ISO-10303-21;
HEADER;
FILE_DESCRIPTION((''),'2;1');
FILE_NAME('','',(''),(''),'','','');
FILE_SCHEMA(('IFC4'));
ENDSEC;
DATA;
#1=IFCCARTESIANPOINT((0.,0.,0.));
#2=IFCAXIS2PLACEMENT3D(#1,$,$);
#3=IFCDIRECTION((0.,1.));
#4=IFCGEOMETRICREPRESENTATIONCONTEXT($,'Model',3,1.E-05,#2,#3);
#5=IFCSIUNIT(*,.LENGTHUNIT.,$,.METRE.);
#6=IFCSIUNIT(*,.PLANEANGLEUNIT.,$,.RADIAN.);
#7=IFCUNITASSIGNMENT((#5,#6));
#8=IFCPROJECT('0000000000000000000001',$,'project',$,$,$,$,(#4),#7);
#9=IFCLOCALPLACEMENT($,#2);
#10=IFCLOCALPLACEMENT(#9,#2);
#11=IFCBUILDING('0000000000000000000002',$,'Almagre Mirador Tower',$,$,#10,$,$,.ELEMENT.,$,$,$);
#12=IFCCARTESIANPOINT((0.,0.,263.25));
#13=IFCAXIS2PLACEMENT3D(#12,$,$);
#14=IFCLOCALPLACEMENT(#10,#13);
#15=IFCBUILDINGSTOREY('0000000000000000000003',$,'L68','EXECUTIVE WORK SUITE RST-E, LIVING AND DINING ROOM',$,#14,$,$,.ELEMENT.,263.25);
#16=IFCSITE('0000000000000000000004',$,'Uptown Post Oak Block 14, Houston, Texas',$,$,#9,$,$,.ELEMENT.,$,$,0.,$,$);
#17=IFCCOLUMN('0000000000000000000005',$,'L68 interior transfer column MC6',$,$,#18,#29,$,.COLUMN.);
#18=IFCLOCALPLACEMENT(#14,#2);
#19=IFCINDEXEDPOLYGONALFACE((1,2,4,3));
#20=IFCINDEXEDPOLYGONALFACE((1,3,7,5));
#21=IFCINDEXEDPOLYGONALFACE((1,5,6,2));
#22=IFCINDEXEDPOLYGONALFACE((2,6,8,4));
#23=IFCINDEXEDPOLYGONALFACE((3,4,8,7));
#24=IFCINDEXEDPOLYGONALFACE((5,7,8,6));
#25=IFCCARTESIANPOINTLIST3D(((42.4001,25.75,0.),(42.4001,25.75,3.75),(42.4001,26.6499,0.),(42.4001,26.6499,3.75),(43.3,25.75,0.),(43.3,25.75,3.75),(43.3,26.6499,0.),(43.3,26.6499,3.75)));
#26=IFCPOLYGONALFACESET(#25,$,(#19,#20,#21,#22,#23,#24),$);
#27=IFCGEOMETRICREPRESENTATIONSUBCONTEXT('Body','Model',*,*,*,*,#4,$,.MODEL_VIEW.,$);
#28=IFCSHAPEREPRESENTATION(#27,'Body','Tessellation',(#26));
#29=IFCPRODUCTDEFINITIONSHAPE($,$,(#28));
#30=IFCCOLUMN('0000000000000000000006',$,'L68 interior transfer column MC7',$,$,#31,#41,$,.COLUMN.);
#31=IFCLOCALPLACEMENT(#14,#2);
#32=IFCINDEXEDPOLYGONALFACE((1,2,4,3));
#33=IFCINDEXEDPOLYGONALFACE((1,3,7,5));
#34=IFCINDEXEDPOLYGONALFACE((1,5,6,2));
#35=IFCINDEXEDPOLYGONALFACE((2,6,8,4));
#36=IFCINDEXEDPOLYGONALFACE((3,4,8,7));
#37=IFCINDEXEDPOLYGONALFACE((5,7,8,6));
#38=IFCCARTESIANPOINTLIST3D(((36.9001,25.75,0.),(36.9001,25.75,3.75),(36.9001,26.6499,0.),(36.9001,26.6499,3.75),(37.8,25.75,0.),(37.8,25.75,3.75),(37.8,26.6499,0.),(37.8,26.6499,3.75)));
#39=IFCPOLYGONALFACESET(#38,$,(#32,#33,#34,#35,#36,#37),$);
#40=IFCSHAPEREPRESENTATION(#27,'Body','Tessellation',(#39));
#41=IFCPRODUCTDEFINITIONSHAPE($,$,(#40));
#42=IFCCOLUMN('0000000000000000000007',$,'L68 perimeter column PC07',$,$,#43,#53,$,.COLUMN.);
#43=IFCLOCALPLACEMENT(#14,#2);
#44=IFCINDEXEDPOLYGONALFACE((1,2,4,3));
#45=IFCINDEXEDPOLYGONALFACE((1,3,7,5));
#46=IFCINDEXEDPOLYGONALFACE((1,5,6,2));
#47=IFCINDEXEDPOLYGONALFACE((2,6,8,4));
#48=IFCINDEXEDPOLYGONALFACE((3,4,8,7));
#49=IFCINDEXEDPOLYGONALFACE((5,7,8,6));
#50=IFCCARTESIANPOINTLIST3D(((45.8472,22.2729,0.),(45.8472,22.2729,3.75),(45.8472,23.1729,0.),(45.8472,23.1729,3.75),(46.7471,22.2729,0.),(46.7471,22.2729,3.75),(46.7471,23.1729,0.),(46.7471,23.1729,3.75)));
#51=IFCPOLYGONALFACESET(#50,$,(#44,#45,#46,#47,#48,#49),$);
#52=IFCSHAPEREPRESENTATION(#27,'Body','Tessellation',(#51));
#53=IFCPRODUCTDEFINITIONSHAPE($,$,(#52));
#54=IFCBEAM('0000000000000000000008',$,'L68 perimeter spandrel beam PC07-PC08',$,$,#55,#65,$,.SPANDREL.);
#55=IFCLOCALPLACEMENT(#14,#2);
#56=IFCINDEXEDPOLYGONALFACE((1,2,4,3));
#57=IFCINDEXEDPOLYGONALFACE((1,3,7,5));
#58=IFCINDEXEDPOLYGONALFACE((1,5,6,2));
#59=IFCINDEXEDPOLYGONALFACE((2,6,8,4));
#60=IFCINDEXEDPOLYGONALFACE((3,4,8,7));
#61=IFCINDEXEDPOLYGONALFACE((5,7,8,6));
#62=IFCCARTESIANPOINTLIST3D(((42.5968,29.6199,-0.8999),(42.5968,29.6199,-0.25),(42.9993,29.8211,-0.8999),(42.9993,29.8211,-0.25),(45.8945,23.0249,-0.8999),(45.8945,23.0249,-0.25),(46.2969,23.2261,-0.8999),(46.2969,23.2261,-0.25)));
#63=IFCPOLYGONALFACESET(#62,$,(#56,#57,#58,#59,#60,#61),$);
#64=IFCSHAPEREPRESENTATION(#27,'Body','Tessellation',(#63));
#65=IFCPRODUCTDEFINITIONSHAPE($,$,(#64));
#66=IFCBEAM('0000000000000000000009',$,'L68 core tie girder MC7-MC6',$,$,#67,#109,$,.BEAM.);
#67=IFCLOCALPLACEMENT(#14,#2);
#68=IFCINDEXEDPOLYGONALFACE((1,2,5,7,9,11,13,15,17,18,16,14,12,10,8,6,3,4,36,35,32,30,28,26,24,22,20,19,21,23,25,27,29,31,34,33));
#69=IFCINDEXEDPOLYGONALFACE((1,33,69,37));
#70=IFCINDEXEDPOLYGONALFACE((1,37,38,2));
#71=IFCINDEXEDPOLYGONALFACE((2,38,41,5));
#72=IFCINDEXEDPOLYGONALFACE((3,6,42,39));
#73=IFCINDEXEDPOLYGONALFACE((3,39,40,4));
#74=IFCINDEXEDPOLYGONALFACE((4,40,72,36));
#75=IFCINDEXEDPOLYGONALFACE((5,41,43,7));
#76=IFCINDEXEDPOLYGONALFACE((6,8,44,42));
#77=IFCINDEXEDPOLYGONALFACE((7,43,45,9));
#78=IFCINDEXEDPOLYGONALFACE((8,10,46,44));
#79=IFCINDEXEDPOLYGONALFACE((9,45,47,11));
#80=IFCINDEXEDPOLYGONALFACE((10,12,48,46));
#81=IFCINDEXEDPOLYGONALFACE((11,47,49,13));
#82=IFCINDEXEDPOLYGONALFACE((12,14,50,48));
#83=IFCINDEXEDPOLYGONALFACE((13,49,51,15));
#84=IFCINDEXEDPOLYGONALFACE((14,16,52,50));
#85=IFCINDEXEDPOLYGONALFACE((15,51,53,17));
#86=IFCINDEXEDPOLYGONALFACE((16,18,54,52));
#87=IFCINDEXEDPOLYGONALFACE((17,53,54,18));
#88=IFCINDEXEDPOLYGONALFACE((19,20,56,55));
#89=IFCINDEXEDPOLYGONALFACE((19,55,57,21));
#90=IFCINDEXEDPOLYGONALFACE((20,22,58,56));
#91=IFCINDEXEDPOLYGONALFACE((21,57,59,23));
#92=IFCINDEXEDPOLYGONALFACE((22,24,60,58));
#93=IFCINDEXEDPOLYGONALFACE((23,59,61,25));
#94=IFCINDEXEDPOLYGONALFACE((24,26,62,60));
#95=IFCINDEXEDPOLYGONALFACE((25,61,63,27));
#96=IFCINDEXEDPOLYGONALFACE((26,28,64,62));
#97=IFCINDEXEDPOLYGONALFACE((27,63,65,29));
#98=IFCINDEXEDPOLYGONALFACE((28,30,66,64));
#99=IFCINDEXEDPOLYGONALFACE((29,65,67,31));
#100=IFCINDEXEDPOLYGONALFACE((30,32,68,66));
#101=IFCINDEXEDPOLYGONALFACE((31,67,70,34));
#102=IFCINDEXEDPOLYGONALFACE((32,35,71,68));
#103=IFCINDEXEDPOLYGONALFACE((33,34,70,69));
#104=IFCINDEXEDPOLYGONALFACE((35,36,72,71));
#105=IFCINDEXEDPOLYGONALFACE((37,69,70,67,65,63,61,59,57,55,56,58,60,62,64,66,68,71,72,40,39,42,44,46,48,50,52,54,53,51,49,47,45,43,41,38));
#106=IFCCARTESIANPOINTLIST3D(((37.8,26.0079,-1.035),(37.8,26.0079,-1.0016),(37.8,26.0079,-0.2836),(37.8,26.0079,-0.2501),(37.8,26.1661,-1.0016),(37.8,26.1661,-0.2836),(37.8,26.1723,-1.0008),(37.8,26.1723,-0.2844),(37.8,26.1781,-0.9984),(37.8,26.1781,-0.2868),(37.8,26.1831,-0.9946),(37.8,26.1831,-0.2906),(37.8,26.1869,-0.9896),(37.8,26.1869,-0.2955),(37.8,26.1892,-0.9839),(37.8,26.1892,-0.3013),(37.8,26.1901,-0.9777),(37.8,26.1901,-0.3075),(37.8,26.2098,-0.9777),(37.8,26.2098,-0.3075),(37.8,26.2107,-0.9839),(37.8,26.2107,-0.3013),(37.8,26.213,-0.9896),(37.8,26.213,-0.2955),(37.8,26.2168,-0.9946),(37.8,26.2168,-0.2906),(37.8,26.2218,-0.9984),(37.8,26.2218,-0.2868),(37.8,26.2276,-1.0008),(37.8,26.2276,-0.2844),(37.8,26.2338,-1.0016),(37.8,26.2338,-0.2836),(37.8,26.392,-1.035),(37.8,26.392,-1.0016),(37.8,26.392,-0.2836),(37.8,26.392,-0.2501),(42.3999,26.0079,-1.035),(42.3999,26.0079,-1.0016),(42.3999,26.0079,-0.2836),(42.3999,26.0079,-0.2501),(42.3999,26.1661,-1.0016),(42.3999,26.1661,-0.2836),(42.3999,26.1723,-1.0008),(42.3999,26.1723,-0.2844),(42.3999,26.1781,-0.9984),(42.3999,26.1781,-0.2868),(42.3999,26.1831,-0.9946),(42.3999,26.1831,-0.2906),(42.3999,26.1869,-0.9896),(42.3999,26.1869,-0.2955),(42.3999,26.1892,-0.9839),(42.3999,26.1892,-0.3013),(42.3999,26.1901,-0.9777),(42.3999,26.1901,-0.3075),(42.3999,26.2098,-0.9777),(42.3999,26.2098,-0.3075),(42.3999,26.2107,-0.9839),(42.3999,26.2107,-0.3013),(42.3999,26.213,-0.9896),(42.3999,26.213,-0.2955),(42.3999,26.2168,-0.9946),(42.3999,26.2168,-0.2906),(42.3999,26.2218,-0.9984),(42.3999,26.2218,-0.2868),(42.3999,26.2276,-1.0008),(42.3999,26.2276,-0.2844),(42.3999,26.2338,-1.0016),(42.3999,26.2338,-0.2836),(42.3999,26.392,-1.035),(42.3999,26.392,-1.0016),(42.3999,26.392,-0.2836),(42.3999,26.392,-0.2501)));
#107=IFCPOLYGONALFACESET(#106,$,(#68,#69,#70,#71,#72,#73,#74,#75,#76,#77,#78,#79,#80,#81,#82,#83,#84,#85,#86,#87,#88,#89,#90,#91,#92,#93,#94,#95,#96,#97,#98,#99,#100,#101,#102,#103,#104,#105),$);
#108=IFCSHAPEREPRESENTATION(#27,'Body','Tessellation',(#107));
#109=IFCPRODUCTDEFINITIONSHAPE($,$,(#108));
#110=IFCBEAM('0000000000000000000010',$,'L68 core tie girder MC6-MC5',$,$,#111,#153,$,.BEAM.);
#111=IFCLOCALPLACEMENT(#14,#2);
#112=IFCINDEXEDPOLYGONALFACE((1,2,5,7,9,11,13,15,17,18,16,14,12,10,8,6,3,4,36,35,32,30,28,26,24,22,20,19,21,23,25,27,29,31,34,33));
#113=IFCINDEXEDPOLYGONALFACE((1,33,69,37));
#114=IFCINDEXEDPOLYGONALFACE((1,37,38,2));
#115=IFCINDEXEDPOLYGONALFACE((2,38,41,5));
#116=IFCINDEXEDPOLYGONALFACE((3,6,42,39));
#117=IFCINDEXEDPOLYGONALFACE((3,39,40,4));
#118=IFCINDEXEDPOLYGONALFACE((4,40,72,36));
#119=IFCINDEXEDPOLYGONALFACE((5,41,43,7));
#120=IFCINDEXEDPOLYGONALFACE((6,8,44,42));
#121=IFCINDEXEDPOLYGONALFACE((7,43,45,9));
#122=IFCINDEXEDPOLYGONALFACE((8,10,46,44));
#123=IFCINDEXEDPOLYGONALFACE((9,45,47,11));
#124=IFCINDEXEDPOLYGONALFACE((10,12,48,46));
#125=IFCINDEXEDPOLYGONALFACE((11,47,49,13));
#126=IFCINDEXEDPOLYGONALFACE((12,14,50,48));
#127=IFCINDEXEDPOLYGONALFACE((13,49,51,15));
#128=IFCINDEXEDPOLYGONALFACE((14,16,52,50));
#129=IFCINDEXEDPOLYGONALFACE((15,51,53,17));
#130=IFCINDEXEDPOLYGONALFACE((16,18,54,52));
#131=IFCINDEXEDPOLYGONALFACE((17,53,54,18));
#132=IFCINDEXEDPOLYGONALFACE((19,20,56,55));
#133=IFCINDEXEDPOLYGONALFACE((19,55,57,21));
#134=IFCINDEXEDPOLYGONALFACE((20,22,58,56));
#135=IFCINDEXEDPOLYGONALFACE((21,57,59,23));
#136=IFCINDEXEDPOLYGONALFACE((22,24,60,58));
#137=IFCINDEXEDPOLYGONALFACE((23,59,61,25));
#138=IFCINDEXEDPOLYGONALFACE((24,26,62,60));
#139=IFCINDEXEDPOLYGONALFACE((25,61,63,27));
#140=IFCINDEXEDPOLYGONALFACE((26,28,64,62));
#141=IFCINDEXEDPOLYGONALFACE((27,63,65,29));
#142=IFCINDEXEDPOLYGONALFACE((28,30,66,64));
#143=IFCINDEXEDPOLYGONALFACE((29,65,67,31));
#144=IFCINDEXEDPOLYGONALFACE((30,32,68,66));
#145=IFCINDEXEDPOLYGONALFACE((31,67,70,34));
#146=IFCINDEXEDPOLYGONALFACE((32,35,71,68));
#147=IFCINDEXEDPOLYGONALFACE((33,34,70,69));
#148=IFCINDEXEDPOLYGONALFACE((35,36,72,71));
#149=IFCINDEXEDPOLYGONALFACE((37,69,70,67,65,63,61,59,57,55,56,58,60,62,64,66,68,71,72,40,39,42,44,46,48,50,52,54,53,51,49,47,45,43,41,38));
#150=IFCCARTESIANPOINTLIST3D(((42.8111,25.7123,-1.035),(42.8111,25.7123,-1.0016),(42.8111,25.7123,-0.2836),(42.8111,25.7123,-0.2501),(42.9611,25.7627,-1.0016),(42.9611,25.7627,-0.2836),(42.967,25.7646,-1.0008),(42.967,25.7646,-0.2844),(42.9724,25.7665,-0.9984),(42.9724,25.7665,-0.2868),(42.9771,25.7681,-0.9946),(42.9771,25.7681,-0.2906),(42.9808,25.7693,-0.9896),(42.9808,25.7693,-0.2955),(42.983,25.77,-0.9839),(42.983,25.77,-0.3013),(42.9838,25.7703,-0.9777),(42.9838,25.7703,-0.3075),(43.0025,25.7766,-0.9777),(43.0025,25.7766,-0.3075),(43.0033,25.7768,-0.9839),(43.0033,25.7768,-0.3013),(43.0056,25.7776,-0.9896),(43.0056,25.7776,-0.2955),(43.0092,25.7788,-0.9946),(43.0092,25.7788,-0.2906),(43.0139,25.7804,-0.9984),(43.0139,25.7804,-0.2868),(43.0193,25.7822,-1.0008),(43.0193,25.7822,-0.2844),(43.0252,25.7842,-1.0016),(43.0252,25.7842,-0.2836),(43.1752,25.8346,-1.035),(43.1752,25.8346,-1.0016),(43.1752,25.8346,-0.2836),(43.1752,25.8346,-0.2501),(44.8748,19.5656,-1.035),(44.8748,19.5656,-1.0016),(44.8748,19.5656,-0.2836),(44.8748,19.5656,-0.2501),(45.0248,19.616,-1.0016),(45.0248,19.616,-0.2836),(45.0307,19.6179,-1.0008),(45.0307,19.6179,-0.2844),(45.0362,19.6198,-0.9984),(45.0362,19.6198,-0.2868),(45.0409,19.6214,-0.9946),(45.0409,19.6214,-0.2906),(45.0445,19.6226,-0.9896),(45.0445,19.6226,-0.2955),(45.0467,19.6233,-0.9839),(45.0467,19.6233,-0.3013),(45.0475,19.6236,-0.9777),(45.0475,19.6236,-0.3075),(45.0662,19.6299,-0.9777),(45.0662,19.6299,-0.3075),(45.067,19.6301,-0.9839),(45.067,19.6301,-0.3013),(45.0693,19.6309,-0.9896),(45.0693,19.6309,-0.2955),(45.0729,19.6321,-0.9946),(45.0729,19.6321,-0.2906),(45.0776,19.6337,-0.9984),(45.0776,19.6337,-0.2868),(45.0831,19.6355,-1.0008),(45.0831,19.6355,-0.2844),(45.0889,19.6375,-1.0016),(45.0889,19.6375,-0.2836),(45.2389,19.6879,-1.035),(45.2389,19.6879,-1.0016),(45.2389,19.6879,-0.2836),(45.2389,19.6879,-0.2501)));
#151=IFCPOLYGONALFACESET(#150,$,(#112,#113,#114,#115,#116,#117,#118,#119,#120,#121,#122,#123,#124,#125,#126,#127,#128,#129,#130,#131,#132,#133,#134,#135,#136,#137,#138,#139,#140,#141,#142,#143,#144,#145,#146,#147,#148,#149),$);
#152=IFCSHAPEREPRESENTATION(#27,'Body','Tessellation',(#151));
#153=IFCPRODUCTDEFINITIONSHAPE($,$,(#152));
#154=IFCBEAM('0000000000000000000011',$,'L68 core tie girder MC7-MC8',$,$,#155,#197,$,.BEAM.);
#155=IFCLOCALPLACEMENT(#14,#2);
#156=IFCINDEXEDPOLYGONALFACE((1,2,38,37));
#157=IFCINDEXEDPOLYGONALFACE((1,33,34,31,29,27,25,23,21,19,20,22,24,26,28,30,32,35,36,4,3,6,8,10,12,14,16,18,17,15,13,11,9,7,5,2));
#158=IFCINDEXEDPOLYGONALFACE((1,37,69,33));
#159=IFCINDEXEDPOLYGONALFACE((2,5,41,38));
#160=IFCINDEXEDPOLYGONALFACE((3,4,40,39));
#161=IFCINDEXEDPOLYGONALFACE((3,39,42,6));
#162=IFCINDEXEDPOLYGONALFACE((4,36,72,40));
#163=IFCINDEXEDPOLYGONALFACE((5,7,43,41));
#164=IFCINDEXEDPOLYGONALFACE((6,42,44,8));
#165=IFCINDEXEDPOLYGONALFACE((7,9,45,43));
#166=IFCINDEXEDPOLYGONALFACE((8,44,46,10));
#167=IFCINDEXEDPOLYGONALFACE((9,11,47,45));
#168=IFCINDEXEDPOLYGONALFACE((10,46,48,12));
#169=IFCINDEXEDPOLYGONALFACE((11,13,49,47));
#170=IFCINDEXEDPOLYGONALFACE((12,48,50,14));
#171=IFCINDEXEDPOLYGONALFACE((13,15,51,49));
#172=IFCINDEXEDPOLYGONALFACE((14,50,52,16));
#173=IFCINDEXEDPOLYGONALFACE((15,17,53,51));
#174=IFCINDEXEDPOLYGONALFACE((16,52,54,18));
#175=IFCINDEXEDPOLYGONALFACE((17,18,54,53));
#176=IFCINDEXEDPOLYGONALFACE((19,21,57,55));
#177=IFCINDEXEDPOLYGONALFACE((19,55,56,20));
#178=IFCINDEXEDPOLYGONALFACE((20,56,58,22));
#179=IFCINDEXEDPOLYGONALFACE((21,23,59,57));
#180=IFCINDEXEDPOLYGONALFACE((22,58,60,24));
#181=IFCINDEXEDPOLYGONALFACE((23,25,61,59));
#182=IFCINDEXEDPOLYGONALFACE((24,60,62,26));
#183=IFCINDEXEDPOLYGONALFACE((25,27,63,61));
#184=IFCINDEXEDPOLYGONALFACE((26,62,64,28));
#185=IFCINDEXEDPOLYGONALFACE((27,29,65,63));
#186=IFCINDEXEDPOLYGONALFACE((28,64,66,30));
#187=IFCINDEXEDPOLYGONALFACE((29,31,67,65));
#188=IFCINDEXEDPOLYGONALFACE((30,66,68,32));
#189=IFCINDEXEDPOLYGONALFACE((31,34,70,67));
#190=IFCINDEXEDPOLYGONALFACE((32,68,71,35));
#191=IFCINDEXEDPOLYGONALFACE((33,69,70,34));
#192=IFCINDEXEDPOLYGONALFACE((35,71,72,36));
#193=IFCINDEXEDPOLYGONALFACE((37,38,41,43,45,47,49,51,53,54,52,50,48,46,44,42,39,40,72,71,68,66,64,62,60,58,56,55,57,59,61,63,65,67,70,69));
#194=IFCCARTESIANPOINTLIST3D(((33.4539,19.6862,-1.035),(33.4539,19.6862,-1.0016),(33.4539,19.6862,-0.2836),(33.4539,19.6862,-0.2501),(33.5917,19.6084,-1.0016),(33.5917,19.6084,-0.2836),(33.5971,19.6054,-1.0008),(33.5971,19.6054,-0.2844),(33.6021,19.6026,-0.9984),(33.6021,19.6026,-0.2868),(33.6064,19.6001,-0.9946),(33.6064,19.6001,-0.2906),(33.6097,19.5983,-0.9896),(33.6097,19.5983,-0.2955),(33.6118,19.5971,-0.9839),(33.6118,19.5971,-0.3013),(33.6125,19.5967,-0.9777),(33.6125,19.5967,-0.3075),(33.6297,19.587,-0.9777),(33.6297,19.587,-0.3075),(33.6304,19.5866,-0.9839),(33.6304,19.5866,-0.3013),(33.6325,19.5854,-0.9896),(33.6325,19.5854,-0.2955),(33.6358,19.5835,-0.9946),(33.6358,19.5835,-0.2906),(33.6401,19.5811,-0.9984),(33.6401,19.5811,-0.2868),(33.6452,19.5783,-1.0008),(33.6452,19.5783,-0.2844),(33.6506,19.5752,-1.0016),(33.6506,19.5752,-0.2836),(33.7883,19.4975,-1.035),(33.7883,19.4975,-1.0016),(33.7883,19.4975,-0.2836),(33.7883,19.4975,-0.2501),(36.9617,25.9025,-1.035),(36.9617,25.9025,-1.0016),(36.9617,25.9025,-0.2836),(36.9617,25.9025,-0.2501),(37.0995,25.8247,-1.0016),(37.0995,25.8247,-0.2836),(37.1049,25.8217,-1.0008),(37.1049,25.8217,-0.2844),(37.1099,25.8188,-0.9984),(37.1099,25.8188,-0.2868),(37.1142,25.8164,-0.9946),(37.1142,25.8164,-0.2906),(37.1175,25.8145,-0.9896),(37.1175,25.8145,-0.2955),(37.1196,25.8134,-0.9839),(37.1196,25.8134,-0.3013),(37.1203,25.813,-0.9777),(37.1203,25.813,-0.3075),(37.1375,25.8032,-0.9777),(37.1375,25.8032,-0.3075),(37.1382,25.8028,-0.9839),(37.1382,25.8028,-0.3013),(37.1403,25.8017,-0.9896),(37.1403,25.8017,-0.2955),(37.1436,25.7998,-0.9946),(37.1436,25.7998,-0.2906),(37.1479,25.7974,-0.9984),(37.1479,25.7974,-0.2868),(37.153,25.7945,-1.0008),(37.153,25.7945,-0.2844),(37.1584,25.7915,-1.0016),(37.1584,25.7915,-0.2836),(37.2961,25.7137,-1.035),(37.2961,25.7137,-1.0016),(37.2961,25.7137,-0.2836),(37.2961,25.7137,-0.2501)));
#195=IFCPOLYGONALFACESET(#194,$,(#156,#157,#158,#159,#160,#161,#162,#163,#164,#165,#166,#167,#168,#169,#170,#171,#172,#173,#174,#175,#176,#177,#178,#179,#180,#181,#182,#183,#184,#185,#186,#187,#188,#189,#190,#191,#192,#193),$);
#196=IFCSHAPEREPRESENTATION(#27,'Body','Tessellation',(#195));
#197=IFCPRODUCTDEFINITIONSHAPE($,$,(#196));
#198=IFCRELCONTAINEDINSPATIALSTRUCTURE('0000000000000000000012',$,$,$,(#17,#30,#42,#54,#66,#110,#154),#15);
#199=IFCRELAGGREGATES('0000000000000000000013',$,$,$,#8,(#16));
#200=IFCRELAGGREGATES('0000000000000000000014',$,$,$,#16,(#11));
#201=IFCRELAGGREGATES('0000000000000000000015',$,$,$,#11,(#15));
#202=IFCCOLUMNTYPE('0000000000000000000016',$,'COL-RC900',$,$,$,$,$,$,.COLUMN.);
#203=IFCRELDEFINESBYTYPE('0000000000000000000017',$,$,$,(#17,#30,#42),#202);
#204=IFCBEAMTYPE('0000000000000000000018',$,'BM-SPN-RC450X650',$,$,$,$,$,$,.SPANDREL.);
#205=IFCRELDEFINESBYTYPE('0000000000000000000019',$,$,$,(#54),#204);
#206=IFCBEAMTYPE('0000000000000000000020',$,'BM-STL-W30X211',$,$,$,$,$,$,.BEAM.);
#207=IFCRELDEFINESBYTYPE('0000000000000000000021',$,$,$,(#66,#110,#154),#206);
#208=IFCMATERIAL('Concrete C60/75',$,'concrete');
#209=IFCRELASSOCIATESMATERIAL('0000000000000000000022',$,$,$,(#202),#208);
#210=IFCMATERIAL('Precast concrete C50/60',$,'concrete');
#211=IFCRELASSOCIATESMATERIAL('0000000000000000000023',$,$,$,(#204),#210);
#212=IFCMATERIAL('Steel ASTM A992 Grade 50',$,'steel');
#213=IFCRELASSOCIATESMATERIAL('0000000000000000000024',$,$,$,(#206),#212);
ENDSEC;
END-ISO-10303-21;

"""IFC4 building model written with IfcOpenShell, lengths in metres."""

from ifc_helpers import new_model, si_unit, direction, frame, origin, origin_2d, place, context, subcontext, project, spatial, rectangle, i_section, extrude, material, material_profile, profile_set, type_object, element, save


model = new_model("IFC4")

# Units and contexts
model_context = context("Model", 3, precision=1e-05, world=origin(), true_north=direction((0.0, 1.0)))
body_context = subcontext(model_context, "Body", "Model", "MODEL_VIEW")
ifc_project = project(units=[si_unit("LENGTHUNIT", "METRE"), si_unit("PLANEANGLEUNIT", "RADIAN")], contexts=[model_context])

# Site, building, storey
site_placement = place(None, origin())
site = spatial("IfcSite", under=ifc_project, at=site_placement, Name="Uptown Post Oak Block 14, Houston, Texas", CompositionType="ELEMENT", RefElevation=0.0)
building_placement = place(site_placement, origin())
building = spatial("IfcBuilding", under=site, at=building_placement, Name="Almagre Mirador Tower", CompositionType="ELEMENT")
storey_placement = place(building_placement, frame((0.0, 0.0, 263.25)))
storey = spatial("IfcBuildingStorey", under=building, at=storey_placement, Name="L68", Description="EXECUTIVE WORK SUITE RST-E, LIVING AND DINING ROOM", CompositionType="ELEMENT", Elevation=263.25)

# Columns
ifc_material_1 = material(Name="Concrete C60/75", Category="concrete")
ifc_material_profile_1 = material_profile(ifc_material_1, rectangle(XDim=0.8999, YDim=0.8999, at=origin_2d()), Name="RC900X900")
ifc_profile_set_1 = profile_set([ifc_material_profile_1], Name="Concrete C60/75")
column_type = type_object("IfcColumnType", Name="COL-RC900", PredefinedType="COLUMN", material=ifc_profile_set_1)
for number, where, z_axis, x_axis, name in (
    (1, (42.8501, 26.2, 0.0), (0.0, 0.0, 1.0), (1.0, 0.0, 0.0), "L68 interior transfer column MC6"),
    (2, (37.3501, 26.2, 0.0), (0.0, 0.0, 1.0), (1.0, 0.0, 0.0), "L68 interior transfer column MC7"),
    (3, (46.2971, 22.7229, 0.0), (0.0, 0.0, 1.0), (1.0, 0.0, 0.0), "L68 perimeter column PC07"),
):
    element("IfcColumn", number, at=place(storey_placement, frame(where, z_axis=z_axis, x_axis=x_axis)), inside=storey, type_object=column_type, Name=name, PredefinedType="COLUMN", context=body_context, shape_type="SweptSolid", body=[
        extrude(rectangle(XDim=0.8999, YDim=0.8999, at=origin_2d()), origin(), (0.0, 0.0, 1.0), 3.75),
    ])

# Beams
ifc_material_2 = material(Name="Precast concrete C50/60", Category="concrete")
ifc_material_profile_2 = material_profile(ifc_material_2, rectangle(XDim=0.45, YDim=0.6499, at=origin_2d()), Name="RC450X650")
ifc_profile_set_2 = profile_set([ifc_material_profile_2], Name="Precast concrete C50/60")
beam_type_1 = type_object("IfcBeamType", Name="BM-SPN-RC450X650", PredefinedType="SPANDREL", material=ifc_profile_set_2)
beam_1_placement = place(storey_placement, frame((46.0957, 23.1255, -0.575), z_axis=(-0.447227, 0.894421, 0.0), x_axis=(-0.894421, -0.447227, 0.0)))
element("IfcBeam", 4, at=beam_1_placement, inside=storey, type_object=beam_type_1, Name="L68 perimeter spandrel beam PC07-PC08", PredefinedType="SPANDREL", context=body_context, shape_type="SweptSolid", body=[
    extrude(rectangle(XDim=0.45, YDim=0.6499, at=origin_2d()), origin(), (0.0, 0.0, 1.0), 7.3735),
])
ifc_material_3 = material(Name="Steel ASTM A992 Grade 50", Category="steel")
ifc_material_profile_3 = material_profile(ifc_material_3, i_section(OverallWidth=0.384, OverallDepth=0.7849, WebThickness=0.0198, FlangeThickness=0.0334, FilletRadius=0.0239, at=origin_2d()), Name="W30X211")
ifc_profile_set_3 = profile_set([ifc_material_profile_3], Name="Steel ASTM A992 Grade 50")
beam_type_2 = type_object("IfcBeamType", Name="BM-STL-W30X211", PredefinedType="BEAM", material=ifc_profile_set_3)
beam_2_placement = place(storey_placement, frame((37.8, 26.2, -0.6426), z_axis=(1.0, 0.0, 0.0), x_axis=(0.0, 1.0, 0.0)))
element("IfcBeam", 5, at=beam_2_placement, inside=storey, type_object=beam_type_2, Name="L68 core tie girder MC7-MC6", PredefinedType="BEAM", context=body_context, shape_type="SweptSolid", body=[
    extrude(i_section(OverallWidth=0.384, OverallDepth=0.7849, WebThickness=0.0198, FlangeThickness=0.0334, FilletRadius=0.0239, at=origin_2d()), origin(), (0.0, 0.0, 1.0), 4.5999),
])
beam_3_placement = place(storey_placement, frame((42.9932, 25.7734, -0.6426), z_axis=(0.318283, -0.947996, 0.0), x_axis=(0.947996, 0.318283, 0.0)))
element("IfcBeam", 6, at=beam_3_placement, inside=storey, type_object=beam_type_2, Name="L68 core tie girder MC6-MC5", PredefinedType="BEAM", context=body_context, shape_type="SweptSolid", body=[
    extrude(i_section(OverallWidth=0.384, OverallDepth=0.7849, WebThickness=0.0198, FlangeThickness=0.0334, FilletRadius=0.0239, at=origin_2d()), origin(), (0.0, 0.0, 1.0), 6.4839),
])
beam_4_placement = place(storey_placement, frame((37.1289, 25.8081, -0.6426), z_axis=(-0.491446, -0.870908, 0.0), x_axis=(0.870908, -0.491446, 0.0)))
element("IfcBeam", 7, at=beam_4_placement, inside=storey, type_object=beam_type_2, Name="L68 core tie girder MC7-MC8", PredefinedType="BEAM", context=body_context, shape_type="SweptSolid", body=[
    extrude(i_section(OverallWidth=0.384, OverallDepth=0.7849, WebThickness=0.0198, FlangeThickness=0.0334, FilletRadius=0.0239, at=origin_2d()), origin(), (0.0, 0.0, 1.0), 7.1377),
])

save(model, "model.ifc")
